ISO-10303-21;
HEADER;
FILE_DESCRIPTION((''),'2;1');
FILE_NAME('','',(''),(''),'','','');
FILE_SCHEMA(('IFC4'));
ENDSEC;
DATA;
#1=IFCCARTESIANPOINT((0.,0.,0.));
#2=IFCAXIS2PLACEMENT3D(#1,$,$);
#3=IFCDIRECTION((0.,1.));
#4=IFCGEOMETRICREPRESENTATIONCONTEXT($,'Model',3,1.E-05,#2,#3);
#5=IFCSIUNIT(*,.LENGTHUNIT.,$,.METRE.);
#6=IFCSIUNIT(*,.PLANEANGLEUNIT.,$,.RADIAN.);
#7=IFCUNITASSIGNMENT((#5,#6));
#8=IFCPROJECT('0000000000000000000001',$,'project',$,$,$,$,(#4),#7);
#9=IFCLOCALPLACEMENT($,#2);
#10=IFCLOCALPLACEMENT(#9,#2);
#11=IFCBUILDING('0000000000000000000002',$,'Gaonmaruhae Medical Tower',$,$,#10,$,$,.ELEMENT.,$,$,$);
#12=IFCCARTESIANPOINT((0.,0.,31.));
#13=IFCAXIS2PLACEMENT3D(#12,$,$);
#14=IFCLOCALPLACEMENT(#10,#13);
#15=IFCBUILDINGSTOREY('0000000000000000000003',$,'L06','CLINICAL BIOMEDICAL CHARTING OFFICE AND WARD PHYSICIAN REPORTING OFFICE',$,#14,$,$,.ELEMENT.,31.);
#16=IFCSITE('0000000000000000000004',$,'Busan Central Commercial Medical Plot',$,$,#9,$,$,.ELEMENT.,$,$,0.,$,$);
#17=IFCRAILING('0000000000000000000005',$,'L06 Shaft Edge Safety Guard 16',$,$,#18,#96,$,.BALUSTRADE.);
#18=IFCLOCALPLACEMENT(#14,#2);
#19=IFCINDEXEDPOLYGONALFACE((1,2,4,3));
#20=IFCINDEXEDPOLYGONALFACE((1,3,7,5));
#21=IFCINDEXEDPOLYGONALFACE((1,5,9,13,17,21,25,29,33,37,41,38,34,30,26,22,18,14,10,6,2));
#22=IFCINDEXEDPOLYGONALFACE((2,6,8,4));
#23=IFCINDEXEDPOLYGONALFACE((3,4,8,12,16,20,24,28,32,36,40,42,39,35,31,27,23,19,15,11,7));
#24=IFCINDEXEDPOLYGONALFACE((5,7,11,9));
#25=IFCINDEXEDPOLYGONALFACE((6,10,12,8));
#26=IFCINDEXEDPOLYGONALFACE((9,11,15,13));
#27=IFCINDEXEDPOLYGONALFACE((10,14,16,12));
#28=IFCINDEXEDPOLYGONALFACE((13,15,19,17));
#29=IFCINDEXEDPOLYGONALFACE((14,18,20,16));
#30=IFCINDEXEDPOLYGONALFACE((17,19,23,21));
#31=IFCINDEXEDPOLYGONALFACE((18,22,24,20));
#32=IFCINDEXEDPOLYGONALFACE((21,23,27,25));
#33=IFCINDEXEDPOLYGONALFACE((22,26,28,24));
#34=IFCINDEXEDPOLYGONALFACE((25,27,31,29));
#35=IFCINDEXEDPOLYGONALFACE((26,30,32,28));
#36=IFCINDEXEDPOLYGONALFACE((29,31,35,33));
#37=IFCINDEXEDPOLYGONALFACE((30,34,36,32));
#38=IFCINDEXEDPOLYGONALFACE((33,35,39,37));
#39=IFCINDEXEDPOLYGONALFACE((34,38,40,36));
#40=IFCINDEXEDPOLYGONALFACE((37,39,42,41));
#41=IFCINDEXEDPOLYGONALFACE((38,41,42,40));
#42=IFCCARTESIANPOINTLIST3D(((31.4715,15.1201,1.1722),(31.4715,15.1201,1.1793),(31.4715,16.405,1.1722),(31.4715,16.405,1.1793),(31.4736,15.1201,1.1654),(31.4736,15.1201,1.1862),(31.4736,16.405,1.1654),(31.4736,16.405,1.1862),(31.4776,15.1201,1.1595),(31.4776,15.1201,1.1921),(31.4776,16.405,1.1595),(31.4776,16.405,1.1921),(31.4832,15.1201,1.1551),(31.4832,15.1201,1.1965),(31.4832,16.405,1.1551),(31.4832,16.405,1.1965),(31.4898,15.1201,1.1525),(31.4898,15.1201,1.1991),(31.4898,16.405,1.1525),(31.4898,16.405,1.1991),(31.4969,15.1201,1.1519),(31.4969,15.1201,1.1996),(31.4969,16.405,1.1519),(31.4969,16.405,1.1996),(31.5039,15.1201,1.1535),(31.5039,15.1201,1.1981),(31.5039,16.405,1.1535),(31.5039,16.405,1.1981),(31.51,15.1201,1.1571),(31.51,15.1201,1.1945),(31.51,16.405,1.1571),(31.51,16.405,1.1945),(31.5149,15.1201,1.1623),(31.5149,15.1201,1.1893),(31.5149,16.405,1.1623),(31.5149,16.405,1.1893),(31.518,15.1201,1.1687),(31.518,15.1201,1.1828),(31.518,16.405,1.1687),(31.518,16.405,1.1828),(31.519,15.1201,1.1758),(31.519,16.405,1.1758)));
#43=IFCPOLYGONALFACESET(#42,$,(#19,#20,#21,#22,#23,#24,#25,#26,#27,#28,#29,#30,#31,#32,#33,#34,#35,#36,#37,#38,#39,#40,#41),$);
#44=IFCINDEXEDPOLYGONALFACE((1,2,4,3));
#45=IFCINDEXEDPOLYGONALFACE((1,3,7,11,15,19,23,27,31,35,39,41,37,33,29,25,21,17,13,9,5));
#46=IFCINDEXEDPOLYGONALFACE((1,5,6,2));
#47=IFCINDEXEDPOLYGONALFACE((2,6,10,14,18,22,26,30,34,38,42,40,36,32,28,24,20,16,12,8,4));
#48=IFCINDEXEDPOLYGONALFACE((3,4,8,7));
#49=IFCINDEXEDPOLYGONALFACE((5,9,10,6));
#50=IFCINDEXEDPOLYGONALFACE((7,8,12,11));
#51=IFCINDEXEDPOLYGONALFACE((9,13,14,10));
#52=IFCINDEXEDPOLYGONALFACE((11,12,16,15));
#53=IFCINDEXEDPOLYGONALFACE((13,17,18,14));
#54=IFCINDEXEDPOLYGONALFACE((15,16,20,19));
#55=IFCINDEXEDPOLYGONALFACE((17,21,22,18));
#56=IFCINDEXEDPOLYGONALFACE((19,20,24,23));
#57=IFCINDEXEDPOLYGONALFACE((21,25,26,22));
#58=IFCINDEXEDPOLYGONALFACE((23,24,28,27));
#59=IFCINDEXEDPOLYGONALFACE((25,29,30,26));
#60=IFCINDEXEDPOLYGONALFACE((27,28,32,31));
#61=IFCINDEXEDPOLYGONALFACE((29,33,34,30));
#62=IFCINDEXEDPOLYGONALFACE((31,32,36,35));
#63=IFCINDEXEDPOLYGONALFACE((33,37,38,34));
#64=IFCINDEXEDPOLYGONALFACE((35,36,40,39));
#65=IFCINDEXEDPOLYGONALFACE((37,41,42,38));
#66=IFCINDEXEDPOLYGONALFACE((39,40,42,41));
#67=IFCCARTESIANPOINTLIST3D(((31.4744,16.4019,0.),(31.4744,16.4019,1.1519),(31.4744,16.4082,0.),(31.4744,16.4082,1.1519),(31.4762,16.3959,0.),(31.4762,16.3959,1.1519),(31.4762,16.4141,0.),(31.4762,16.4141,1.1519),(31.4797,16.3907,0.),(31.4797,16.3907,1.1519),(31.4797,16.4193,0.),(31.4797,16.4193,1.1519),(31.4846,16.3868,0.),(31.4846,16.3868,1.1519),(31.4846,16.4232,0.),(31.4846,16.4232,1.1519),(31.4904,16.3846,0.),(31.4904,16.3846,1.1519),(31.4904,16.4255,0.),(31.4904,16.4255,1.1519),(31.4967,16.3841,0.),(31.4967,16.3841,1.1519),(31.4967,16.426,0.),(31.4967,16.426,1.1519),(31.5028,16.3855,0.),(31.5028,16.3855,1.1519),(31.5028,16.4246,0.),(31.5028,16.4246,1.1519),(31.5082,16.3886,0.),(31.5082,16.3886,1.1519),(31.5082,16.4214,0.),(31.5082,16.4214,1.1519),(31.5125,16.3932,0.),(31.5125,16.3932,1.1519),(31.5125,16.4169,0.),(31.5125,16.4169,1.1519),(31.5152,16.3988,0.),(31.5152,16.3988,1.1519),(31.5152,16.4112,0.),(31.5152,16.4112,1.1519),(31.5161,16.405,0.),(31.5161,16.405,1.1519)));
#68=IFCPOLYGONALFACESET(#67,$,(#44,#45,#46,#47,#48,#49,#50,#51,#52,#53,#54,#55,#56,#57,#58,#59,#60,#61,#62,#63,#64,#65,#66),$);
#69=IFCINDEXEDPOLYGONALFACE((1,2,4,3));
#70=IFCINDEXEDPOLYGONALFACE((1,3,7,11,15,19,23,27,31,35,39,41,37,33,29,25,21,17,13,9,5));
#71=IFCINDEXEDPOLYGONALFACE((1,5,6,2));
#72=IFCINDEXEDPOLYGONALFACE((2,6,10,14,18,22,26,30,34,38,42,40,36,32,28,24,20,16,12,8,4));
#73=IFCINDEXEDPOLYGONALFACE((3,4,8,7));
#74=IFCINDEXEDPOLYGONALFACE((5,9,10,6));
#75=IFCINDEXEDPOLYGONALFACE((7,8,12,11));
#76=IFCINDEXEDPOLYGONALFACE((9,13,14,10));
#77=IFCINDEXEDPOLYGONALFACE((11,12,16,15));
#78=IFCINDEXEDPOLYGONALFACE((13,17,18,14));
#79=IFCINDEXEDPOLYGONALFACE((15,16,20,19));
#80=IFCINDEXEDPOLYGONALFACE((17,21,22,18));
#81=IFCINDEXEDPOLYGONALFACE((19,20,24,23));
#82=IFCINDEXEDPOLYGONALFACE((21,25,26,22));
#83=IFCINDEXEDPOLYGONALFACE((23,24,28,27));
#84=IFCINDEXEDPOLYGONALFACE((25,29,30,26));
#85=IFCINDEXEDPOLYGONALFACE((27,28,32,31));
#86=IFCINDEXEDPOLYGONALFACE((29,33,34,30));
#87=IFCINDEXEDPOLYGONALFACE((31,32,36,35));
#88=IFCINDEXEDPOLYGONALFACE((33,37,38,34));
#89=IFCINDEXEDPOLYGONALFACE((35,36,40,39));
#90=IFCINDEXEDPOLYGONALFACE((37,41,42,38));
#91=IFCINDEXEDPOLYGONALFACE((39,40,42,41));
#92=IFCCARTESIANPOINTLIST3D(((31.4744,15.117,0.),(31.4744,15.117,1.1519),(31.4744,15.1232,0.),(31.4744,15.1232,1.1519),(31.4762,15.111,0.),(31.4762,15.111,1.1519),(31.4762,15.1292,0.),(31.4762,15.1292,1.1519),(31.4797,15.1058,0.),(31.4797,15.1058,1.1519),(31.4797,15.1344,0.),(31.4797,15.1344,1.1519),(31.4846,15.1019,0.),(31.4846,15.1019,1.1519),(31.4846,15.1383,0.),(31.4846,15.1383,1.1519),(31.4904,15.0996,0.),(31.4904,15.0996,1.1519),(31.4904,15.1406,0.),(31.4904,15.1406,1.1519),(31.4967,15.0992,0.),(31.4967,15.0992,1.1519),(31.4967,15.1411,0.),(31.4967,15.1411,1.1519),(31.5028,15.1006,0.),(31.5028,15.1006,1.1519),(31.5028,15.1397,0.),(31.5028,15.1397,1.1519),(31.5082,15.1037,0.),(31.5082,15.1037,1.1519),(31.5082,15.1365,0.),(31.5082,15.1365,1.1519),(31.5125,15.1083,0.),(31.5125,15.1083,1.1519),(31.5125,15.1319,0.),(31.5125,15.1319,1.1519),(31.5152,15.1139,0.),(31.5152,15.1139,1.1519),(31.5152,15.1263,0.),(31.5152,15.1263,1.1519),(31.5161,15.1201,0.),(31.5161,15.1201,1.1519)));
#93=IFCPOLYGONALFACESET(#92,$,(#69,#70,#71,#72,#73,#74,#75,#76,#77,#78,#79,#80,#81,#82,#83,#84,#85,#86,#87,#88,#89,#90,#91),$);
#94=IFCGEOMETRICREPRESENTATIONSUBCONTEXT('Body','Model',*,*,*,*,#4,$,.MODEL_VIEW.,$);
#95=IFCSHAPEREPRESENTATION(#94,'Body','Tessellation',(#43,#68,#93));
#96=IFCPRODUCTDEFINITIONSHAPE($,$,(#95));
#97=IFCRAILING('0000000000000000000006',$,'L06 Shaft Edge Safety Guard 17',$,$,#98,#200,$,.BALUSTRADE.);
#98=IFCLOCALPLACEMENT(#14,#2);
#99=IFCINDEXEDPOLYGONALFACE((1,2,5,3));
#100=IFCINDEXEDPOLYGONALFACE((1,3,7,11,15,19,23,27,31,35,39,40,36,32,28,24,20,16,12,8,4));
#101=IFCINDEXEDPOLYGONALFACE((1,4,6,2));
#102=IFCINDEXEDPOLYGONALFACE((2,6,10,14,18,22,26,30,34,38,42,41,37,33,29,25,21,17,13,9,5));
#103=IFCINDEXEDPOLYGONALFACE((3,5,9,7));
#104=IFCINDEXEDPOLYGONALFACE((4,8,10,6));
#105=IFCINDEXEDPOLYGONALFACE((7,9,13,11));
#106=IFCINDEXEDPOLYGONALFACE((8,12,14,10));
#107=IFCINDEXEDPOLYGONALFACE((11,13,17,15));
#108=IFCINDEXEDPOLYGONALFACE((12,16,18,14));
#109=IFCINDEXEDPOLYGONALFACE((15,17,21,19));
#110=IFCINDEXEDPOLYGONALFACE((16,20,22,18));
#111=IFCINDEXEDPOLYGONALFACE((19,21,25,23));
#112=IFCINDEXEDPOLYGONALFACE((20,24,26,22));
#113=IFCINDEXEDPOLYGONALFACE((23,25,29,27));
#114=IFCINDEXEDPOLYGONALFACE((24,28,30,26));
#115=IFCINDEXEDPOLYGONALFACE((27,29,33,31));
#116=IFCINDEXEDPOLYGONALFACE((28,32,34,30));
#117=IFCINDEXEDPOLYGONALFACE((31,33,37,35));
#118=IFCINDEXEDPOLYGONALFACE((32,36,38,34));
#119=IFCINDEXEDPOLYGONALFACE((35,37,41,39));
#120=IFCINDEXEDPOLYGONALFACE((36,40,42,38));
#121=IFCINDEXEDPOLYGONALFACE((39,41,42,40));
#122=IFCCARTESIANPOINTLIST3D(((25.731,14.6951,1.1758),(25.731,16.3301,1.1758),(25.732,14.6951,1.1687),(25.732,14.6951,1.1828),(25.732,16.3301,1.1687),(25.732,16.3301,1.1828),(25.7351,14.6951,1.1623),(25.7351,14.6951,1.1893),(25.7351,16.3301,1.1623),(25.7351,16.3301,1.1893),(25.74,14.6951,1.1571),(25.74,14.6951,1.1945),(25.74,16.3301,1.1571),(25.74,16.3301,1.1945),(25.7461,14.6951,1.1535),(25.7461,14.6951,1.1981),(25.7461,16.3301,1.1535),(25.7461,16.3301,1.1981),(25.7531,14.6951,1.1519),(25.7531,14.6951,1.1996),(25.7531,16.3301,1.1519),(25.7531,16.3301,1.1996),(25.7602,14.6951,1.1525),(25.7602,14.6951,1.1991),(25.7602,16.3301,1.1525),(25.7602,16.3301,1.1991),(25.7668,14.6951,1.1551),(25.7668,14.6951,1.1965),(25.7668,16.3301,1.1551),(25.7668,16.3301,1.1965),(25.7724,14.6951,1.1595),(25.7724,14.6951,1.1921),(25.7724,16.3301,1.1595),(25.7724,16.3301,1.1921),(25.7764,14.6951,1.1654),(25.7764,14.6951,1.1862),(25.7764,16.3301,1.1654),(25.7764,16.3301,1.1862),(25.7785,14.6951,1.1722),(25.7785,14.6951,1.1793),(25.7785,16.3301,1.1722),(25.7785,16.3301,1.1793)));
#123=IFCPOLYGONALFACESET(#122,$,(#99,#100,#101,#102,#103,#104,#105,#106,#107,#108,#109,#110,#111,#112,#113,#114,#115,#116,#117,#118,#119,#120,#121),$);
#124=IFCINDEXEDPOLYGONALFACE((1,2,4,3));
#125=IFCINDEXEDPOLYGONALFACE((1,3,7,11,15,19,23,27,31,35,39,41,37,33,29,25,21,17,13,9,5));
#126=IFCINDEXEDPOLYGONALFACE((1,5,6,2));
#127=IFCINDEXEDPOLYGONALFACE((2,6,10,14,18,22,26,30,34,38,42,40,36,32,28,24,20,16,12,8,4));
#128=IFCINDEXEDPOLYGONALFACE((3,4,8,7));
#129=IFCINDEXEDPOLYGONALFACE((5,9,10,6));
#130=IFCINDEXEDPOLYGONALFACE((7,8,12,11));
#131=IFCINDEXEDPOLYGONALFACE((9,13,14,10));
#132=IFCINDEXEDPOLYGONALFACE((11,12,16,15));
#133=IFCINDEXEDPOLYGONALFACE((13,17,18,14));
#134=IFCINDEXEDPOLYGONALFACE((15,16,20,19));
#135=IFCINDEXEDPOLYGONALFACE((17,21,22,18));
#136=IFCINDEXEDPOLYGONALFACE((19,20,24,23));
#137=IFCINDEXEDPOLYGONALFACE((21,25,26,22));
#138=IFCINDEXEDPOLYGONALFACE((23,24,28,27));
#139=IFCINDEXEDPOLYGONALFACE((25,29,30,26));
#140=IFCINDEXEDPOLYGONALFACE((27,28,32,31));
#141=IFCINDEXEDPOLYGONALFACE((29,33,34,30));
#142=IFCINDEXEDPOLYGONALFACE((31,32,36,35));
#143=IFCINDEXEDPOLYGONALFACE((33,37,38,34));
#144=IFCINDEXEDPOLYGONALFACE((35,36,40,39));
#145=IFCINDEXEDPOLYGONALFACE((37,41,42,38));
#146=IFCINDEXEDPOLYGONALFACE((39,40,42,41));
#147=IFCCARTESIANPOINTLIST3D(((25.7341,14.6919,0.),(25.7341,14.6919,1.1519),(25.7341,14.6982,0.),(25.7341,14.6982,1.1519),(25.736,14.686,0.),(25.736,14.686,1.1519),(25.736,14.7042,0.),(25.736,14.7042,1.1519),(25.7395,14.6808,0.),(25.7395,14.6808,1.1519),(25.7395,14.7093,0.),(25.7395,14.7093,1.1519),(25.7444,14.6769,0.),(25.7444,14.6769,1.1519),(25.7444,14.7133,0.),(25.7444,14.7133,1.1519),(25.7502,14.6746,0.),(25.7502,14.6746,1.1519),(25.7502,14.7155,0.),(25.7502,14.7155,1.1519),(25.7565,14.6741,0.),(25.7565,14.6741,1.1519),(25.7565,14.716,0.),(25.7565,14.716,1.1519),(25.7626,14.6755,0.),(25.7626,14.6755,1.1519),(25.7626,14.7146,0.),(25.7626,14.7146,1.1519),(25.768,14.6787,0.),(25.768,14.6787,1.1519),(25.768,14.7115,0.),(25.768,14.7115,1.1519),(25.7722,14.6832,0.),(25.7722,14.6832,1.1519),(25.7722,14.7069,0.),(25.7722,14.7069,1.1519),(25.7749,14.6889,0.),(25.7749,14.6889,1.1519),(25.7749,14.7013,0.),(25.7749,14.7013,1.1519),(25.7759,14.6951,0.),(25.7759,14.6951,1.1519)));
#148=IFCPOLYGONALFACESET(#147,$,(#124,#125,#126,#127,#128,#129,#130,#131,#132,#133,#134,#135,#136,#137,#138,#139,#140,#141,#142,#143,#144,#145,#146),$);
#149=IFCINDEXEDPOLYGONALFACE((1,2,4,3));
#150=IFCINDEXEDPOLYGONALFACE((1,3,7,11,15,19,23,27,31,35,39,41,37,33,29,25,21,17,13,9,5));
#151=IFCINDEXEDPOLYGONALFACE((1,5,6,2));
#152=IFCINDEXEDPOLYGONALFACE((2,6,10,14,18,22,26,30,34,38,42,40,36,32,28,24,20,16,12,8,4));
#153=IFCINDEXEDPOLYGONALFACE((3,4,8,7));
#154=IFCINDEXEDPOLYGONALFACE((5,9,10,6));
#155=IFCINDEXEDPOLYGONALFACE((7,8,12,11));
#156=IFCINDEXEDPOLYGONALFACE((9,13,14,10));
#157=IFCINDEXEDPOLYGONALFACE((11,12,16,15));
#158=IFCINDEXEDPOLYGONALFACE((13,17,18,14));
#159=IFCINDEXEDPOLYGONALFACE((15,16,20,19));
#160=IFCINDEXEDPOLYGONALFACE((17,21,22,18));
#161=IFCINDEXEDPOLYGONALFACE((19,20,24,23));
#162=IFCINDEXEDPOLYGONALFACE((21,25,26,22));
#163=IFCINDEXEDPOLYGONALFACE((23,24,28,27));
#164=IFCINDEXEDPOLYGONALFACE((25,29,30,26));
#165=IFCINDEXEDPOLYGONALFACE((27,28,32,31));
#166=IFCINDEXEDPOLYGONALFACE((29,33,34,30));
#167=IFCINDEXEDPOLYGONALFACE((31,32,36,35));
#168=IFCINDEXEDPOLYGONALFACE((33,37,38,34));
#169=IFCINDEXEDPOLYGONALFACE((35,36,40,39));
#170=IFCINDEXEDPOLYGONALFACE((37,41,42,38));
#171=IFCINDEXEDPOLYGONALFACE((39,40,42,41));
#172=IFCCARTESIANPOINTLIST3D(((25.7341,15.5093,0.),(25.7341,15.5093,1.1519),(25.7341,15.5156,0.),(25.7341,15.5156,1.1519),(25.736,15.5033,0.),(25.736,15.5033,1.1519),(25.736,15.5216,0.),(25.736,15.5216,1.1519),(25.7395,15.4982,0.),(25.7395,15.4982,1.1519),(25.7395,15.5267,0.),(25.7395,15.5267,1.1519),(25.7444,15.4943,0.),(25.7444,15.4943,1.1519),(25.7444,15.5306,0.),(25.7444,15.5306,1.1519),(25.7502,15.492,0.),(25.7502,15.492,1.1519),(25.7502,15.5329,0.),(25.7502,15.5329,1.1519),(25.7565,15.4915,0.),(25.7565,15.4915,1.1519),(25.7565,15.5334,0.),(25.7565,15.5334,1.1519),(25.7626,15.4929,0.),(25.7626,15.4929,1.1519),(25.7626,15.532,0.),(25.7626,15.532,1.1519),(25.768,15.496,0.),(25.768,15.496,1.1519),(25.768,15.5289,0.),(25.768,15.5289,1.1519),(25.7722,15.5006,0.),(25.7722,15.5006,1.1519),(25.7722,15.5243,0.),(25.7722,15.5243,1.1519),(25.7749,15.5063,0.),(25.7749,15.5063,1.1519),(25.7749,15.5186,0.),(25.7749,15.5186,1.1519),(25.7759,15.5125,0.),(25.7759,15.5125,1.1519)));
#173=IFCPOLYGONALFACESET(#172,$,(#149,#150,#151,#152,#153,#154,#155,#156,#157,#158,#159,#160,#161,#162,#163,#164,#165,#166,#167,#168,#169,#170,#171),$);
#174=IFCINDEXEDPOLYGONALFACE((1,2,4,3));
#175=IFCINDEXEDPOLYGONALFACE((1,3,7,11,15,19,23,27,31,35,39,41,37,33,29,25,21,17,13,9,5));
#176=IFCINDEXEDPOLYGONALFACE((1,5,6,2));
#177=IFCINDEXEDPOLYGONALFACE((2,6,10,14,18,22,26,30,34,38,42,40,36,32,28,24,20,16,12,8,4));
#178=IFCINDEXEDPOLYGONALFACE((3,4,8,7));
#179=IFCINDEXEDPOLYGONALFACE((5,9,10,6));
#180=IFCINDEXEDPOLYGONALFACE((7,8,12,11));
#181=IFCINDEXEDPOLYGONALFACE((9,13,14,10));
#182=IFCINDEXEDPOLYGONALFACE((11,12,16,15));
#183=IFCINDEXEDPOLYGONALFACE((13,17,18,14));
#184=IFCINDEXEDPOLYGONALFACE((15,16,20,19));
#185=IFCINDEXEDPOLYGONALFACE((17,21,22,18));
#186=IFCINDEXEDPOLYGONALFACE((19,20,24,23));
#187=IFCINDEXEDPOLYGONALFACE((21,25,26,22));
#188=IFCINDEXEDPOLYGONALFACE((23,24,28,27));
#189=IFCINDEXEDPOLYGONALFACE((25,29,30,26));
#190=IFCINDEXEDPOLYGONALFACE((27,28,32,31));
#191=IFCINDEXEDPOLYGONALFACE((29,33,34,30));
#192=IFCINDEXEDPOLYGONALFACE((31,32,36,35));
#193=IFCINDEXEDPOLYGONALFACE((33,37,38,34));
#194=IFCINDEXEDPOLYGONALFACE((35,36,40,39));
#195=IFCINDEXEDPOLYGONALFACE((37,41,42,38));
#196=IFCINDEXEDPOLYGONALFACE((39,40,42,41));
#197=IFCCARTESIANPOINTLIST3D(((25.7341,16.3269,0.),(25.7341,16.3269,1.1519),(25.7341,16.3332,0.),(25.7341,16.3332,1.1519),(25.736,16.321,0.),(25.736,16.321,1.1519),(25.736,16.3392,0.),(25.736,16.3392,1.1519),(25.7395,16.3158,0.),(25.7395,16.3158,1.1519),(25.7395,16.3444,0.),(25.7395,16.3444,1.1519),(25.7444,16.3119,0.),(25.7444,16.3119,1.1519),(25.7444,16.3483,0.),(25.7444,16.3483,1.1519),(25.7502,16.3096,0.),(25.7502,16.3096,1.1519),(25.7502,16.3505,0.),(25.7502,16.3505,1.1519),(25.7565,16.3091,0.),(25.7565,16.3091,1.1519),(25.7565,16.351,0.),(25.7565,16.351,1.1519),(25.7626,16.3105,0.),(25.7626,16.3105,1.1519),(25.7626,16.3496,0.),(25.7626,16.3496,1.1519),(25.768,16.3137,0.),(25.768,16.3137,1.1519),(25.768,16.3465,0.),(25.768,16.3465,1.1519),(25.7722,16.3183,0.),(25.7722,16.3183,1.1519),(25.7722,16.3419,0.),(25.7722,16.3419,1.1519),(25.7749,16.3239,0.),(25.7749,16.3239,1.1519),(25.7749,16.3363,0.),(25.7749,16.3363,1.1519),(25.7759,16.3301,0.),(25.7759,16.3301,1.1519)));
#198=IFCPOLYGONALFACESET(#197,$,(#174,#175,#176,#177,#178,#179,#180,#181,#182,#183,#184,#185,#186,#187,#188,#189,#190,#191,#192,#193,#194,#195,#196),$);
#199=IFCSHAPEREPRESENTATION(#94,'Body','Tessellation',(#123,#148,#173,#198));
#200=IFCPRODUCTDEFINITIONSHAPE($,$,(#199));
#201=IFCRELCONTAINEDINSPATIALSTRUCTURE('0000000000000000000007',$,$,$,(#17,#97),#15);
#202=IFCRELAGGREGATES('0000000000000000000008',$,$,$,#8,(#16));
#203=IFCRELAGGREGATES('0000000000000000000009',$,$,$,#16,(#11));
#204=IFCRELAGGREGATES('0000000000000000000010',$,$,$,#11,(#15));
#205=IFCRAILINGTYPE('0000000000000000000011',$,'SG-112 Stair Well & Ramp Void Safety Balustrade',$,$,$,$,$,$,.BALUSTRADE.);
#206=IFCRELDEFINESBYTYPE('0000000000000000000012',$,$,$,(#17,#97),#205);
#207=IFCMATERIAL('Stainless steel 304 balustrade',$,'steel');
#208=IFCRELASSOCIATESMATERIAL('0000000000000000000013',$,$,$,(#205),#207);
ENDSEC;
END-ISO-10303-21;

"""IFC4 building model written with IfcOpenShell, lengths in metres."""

from ifc_helpers import new_model, si_unit, direction, frame, origin, origin_2d, place, context, subcontext, project, spatial, circle, extrude, material, type_object, element, save


model = new_model("IFC4")

# Units and contexts
model_context = context("Model", 3, precision=1e-05, world=origin(), true_north=direction((0.0, 1.0)))
body_context = subcontext(model_context, "Body", "Model", "MODEL_VIEW")
ifc_project = project(units=[si_unit("LENGTHUNIT", "METRE"), si_unit("PLANEANGLEUNIT", "RADIAN")], contexts=[model_context])

# Site, building, storey
site_placement = place(None, origin())
site = spatial("IfcSite", under=ifc_project, at=site_placement, Name="Busan Central Commercial Medical Plot", CompositionType="ELEMENT", RefElevation=0.0)
building_placement = place(site_placement, origin())
building = spatial("IfcBuilding", under=site, at=building_placement, Name="Gaonmaruhae Medical Tower", CompositionType="ELEMENT")
storey_placement = place(building_placement, frame((0.0, 0.0, 31.0)))
storey = spatial("IfcBuildingStorey", under=building, at=storey_placement, Name="L06", Description="CLINICAL BIOMEDICAL CHARTING OFFICE AND WARD PHYSICIAN REPORTING OFFICE", CompositionType="ELEMENT", Elevation=31.0)

# Railings
ifc_material_1 = material(Name="Stainless steel 304 balustrade", Category="steel")
railing_type_1 = type_object("IfcRailingType", Name="SG-112 Stair Well & Ramp Void Safety Balustrade", PredefinedType="BALUSTRADE", material=ifc_material_1)
railing_1_placement = place(storey_placement, frame((31.4951, 16.405, 0.0)))
element("IfcRailing", 1, at=railing_1_placement, inside=storey, type_object=railing_type_1, Name="L06 Shaft Edge Safety Guard 16", PredefinedType="BALUSTRADE", context=body_context, shape_type="SweptSolid", body=[
    extrude(circle(Radius=0.0239, at=origin_2d()), frame((0.0, 0.0, 1.1758), z_axis=(0.0, -1.0, 0.0), x_axis=(1.0, 0.0, 0.0)), (0.0, 0.0, 1.0), 1.2849),
    extrude(circle(Radius=0.021, at=origin_2d()), origin(), (0.0, 0.0, 1.0), 1.1519),
    extrude(circle(Radius=0.021, at=origin_2d()), frame((0.0, -1.2849, 0.0)), (0.0, 0.0, 1.0), 1.1519),
])
railing_2_placement = place(storey_placement, frame((25.7549, 14.6951, 0.0)))
element("IfcRailing", 2, at=railing_2_placement, inside=storey, type_object=railing_type_1, Name="L06 Shaft Edge Safety Guard 17", PredefinedType="BALUSTRADE", context=body_context, shape_type="SweptSolid", body=[
    extrude(circle(Radius=0.0239, at=origin_2d()), frame((0.0, 0.0, 1.1758), z_axis=(0.0, 1.0, 0.0), x_axis=(-1.0, 0.0, 0.0)), (0.0, 0.0, 1.0), 1.635),
    extrude(circle(Radius=0.021, at=origin_2d()), origin(), (0.0, 0.0, 1.0), 1.1519),
    extrude(circle(Radius=0.021, at=origin_2d()), frame((0.0, 0.8174, 0.0)), (0.0, 0.0, 1.0), 1.1519),
    extrude(circle(Radius=0.021, at=origin_2d()), frame((0.0, 1.635, 0.0)), (0.0, 0.0, 1.0), 1.1519),
])

save(model, "model.ifc")
